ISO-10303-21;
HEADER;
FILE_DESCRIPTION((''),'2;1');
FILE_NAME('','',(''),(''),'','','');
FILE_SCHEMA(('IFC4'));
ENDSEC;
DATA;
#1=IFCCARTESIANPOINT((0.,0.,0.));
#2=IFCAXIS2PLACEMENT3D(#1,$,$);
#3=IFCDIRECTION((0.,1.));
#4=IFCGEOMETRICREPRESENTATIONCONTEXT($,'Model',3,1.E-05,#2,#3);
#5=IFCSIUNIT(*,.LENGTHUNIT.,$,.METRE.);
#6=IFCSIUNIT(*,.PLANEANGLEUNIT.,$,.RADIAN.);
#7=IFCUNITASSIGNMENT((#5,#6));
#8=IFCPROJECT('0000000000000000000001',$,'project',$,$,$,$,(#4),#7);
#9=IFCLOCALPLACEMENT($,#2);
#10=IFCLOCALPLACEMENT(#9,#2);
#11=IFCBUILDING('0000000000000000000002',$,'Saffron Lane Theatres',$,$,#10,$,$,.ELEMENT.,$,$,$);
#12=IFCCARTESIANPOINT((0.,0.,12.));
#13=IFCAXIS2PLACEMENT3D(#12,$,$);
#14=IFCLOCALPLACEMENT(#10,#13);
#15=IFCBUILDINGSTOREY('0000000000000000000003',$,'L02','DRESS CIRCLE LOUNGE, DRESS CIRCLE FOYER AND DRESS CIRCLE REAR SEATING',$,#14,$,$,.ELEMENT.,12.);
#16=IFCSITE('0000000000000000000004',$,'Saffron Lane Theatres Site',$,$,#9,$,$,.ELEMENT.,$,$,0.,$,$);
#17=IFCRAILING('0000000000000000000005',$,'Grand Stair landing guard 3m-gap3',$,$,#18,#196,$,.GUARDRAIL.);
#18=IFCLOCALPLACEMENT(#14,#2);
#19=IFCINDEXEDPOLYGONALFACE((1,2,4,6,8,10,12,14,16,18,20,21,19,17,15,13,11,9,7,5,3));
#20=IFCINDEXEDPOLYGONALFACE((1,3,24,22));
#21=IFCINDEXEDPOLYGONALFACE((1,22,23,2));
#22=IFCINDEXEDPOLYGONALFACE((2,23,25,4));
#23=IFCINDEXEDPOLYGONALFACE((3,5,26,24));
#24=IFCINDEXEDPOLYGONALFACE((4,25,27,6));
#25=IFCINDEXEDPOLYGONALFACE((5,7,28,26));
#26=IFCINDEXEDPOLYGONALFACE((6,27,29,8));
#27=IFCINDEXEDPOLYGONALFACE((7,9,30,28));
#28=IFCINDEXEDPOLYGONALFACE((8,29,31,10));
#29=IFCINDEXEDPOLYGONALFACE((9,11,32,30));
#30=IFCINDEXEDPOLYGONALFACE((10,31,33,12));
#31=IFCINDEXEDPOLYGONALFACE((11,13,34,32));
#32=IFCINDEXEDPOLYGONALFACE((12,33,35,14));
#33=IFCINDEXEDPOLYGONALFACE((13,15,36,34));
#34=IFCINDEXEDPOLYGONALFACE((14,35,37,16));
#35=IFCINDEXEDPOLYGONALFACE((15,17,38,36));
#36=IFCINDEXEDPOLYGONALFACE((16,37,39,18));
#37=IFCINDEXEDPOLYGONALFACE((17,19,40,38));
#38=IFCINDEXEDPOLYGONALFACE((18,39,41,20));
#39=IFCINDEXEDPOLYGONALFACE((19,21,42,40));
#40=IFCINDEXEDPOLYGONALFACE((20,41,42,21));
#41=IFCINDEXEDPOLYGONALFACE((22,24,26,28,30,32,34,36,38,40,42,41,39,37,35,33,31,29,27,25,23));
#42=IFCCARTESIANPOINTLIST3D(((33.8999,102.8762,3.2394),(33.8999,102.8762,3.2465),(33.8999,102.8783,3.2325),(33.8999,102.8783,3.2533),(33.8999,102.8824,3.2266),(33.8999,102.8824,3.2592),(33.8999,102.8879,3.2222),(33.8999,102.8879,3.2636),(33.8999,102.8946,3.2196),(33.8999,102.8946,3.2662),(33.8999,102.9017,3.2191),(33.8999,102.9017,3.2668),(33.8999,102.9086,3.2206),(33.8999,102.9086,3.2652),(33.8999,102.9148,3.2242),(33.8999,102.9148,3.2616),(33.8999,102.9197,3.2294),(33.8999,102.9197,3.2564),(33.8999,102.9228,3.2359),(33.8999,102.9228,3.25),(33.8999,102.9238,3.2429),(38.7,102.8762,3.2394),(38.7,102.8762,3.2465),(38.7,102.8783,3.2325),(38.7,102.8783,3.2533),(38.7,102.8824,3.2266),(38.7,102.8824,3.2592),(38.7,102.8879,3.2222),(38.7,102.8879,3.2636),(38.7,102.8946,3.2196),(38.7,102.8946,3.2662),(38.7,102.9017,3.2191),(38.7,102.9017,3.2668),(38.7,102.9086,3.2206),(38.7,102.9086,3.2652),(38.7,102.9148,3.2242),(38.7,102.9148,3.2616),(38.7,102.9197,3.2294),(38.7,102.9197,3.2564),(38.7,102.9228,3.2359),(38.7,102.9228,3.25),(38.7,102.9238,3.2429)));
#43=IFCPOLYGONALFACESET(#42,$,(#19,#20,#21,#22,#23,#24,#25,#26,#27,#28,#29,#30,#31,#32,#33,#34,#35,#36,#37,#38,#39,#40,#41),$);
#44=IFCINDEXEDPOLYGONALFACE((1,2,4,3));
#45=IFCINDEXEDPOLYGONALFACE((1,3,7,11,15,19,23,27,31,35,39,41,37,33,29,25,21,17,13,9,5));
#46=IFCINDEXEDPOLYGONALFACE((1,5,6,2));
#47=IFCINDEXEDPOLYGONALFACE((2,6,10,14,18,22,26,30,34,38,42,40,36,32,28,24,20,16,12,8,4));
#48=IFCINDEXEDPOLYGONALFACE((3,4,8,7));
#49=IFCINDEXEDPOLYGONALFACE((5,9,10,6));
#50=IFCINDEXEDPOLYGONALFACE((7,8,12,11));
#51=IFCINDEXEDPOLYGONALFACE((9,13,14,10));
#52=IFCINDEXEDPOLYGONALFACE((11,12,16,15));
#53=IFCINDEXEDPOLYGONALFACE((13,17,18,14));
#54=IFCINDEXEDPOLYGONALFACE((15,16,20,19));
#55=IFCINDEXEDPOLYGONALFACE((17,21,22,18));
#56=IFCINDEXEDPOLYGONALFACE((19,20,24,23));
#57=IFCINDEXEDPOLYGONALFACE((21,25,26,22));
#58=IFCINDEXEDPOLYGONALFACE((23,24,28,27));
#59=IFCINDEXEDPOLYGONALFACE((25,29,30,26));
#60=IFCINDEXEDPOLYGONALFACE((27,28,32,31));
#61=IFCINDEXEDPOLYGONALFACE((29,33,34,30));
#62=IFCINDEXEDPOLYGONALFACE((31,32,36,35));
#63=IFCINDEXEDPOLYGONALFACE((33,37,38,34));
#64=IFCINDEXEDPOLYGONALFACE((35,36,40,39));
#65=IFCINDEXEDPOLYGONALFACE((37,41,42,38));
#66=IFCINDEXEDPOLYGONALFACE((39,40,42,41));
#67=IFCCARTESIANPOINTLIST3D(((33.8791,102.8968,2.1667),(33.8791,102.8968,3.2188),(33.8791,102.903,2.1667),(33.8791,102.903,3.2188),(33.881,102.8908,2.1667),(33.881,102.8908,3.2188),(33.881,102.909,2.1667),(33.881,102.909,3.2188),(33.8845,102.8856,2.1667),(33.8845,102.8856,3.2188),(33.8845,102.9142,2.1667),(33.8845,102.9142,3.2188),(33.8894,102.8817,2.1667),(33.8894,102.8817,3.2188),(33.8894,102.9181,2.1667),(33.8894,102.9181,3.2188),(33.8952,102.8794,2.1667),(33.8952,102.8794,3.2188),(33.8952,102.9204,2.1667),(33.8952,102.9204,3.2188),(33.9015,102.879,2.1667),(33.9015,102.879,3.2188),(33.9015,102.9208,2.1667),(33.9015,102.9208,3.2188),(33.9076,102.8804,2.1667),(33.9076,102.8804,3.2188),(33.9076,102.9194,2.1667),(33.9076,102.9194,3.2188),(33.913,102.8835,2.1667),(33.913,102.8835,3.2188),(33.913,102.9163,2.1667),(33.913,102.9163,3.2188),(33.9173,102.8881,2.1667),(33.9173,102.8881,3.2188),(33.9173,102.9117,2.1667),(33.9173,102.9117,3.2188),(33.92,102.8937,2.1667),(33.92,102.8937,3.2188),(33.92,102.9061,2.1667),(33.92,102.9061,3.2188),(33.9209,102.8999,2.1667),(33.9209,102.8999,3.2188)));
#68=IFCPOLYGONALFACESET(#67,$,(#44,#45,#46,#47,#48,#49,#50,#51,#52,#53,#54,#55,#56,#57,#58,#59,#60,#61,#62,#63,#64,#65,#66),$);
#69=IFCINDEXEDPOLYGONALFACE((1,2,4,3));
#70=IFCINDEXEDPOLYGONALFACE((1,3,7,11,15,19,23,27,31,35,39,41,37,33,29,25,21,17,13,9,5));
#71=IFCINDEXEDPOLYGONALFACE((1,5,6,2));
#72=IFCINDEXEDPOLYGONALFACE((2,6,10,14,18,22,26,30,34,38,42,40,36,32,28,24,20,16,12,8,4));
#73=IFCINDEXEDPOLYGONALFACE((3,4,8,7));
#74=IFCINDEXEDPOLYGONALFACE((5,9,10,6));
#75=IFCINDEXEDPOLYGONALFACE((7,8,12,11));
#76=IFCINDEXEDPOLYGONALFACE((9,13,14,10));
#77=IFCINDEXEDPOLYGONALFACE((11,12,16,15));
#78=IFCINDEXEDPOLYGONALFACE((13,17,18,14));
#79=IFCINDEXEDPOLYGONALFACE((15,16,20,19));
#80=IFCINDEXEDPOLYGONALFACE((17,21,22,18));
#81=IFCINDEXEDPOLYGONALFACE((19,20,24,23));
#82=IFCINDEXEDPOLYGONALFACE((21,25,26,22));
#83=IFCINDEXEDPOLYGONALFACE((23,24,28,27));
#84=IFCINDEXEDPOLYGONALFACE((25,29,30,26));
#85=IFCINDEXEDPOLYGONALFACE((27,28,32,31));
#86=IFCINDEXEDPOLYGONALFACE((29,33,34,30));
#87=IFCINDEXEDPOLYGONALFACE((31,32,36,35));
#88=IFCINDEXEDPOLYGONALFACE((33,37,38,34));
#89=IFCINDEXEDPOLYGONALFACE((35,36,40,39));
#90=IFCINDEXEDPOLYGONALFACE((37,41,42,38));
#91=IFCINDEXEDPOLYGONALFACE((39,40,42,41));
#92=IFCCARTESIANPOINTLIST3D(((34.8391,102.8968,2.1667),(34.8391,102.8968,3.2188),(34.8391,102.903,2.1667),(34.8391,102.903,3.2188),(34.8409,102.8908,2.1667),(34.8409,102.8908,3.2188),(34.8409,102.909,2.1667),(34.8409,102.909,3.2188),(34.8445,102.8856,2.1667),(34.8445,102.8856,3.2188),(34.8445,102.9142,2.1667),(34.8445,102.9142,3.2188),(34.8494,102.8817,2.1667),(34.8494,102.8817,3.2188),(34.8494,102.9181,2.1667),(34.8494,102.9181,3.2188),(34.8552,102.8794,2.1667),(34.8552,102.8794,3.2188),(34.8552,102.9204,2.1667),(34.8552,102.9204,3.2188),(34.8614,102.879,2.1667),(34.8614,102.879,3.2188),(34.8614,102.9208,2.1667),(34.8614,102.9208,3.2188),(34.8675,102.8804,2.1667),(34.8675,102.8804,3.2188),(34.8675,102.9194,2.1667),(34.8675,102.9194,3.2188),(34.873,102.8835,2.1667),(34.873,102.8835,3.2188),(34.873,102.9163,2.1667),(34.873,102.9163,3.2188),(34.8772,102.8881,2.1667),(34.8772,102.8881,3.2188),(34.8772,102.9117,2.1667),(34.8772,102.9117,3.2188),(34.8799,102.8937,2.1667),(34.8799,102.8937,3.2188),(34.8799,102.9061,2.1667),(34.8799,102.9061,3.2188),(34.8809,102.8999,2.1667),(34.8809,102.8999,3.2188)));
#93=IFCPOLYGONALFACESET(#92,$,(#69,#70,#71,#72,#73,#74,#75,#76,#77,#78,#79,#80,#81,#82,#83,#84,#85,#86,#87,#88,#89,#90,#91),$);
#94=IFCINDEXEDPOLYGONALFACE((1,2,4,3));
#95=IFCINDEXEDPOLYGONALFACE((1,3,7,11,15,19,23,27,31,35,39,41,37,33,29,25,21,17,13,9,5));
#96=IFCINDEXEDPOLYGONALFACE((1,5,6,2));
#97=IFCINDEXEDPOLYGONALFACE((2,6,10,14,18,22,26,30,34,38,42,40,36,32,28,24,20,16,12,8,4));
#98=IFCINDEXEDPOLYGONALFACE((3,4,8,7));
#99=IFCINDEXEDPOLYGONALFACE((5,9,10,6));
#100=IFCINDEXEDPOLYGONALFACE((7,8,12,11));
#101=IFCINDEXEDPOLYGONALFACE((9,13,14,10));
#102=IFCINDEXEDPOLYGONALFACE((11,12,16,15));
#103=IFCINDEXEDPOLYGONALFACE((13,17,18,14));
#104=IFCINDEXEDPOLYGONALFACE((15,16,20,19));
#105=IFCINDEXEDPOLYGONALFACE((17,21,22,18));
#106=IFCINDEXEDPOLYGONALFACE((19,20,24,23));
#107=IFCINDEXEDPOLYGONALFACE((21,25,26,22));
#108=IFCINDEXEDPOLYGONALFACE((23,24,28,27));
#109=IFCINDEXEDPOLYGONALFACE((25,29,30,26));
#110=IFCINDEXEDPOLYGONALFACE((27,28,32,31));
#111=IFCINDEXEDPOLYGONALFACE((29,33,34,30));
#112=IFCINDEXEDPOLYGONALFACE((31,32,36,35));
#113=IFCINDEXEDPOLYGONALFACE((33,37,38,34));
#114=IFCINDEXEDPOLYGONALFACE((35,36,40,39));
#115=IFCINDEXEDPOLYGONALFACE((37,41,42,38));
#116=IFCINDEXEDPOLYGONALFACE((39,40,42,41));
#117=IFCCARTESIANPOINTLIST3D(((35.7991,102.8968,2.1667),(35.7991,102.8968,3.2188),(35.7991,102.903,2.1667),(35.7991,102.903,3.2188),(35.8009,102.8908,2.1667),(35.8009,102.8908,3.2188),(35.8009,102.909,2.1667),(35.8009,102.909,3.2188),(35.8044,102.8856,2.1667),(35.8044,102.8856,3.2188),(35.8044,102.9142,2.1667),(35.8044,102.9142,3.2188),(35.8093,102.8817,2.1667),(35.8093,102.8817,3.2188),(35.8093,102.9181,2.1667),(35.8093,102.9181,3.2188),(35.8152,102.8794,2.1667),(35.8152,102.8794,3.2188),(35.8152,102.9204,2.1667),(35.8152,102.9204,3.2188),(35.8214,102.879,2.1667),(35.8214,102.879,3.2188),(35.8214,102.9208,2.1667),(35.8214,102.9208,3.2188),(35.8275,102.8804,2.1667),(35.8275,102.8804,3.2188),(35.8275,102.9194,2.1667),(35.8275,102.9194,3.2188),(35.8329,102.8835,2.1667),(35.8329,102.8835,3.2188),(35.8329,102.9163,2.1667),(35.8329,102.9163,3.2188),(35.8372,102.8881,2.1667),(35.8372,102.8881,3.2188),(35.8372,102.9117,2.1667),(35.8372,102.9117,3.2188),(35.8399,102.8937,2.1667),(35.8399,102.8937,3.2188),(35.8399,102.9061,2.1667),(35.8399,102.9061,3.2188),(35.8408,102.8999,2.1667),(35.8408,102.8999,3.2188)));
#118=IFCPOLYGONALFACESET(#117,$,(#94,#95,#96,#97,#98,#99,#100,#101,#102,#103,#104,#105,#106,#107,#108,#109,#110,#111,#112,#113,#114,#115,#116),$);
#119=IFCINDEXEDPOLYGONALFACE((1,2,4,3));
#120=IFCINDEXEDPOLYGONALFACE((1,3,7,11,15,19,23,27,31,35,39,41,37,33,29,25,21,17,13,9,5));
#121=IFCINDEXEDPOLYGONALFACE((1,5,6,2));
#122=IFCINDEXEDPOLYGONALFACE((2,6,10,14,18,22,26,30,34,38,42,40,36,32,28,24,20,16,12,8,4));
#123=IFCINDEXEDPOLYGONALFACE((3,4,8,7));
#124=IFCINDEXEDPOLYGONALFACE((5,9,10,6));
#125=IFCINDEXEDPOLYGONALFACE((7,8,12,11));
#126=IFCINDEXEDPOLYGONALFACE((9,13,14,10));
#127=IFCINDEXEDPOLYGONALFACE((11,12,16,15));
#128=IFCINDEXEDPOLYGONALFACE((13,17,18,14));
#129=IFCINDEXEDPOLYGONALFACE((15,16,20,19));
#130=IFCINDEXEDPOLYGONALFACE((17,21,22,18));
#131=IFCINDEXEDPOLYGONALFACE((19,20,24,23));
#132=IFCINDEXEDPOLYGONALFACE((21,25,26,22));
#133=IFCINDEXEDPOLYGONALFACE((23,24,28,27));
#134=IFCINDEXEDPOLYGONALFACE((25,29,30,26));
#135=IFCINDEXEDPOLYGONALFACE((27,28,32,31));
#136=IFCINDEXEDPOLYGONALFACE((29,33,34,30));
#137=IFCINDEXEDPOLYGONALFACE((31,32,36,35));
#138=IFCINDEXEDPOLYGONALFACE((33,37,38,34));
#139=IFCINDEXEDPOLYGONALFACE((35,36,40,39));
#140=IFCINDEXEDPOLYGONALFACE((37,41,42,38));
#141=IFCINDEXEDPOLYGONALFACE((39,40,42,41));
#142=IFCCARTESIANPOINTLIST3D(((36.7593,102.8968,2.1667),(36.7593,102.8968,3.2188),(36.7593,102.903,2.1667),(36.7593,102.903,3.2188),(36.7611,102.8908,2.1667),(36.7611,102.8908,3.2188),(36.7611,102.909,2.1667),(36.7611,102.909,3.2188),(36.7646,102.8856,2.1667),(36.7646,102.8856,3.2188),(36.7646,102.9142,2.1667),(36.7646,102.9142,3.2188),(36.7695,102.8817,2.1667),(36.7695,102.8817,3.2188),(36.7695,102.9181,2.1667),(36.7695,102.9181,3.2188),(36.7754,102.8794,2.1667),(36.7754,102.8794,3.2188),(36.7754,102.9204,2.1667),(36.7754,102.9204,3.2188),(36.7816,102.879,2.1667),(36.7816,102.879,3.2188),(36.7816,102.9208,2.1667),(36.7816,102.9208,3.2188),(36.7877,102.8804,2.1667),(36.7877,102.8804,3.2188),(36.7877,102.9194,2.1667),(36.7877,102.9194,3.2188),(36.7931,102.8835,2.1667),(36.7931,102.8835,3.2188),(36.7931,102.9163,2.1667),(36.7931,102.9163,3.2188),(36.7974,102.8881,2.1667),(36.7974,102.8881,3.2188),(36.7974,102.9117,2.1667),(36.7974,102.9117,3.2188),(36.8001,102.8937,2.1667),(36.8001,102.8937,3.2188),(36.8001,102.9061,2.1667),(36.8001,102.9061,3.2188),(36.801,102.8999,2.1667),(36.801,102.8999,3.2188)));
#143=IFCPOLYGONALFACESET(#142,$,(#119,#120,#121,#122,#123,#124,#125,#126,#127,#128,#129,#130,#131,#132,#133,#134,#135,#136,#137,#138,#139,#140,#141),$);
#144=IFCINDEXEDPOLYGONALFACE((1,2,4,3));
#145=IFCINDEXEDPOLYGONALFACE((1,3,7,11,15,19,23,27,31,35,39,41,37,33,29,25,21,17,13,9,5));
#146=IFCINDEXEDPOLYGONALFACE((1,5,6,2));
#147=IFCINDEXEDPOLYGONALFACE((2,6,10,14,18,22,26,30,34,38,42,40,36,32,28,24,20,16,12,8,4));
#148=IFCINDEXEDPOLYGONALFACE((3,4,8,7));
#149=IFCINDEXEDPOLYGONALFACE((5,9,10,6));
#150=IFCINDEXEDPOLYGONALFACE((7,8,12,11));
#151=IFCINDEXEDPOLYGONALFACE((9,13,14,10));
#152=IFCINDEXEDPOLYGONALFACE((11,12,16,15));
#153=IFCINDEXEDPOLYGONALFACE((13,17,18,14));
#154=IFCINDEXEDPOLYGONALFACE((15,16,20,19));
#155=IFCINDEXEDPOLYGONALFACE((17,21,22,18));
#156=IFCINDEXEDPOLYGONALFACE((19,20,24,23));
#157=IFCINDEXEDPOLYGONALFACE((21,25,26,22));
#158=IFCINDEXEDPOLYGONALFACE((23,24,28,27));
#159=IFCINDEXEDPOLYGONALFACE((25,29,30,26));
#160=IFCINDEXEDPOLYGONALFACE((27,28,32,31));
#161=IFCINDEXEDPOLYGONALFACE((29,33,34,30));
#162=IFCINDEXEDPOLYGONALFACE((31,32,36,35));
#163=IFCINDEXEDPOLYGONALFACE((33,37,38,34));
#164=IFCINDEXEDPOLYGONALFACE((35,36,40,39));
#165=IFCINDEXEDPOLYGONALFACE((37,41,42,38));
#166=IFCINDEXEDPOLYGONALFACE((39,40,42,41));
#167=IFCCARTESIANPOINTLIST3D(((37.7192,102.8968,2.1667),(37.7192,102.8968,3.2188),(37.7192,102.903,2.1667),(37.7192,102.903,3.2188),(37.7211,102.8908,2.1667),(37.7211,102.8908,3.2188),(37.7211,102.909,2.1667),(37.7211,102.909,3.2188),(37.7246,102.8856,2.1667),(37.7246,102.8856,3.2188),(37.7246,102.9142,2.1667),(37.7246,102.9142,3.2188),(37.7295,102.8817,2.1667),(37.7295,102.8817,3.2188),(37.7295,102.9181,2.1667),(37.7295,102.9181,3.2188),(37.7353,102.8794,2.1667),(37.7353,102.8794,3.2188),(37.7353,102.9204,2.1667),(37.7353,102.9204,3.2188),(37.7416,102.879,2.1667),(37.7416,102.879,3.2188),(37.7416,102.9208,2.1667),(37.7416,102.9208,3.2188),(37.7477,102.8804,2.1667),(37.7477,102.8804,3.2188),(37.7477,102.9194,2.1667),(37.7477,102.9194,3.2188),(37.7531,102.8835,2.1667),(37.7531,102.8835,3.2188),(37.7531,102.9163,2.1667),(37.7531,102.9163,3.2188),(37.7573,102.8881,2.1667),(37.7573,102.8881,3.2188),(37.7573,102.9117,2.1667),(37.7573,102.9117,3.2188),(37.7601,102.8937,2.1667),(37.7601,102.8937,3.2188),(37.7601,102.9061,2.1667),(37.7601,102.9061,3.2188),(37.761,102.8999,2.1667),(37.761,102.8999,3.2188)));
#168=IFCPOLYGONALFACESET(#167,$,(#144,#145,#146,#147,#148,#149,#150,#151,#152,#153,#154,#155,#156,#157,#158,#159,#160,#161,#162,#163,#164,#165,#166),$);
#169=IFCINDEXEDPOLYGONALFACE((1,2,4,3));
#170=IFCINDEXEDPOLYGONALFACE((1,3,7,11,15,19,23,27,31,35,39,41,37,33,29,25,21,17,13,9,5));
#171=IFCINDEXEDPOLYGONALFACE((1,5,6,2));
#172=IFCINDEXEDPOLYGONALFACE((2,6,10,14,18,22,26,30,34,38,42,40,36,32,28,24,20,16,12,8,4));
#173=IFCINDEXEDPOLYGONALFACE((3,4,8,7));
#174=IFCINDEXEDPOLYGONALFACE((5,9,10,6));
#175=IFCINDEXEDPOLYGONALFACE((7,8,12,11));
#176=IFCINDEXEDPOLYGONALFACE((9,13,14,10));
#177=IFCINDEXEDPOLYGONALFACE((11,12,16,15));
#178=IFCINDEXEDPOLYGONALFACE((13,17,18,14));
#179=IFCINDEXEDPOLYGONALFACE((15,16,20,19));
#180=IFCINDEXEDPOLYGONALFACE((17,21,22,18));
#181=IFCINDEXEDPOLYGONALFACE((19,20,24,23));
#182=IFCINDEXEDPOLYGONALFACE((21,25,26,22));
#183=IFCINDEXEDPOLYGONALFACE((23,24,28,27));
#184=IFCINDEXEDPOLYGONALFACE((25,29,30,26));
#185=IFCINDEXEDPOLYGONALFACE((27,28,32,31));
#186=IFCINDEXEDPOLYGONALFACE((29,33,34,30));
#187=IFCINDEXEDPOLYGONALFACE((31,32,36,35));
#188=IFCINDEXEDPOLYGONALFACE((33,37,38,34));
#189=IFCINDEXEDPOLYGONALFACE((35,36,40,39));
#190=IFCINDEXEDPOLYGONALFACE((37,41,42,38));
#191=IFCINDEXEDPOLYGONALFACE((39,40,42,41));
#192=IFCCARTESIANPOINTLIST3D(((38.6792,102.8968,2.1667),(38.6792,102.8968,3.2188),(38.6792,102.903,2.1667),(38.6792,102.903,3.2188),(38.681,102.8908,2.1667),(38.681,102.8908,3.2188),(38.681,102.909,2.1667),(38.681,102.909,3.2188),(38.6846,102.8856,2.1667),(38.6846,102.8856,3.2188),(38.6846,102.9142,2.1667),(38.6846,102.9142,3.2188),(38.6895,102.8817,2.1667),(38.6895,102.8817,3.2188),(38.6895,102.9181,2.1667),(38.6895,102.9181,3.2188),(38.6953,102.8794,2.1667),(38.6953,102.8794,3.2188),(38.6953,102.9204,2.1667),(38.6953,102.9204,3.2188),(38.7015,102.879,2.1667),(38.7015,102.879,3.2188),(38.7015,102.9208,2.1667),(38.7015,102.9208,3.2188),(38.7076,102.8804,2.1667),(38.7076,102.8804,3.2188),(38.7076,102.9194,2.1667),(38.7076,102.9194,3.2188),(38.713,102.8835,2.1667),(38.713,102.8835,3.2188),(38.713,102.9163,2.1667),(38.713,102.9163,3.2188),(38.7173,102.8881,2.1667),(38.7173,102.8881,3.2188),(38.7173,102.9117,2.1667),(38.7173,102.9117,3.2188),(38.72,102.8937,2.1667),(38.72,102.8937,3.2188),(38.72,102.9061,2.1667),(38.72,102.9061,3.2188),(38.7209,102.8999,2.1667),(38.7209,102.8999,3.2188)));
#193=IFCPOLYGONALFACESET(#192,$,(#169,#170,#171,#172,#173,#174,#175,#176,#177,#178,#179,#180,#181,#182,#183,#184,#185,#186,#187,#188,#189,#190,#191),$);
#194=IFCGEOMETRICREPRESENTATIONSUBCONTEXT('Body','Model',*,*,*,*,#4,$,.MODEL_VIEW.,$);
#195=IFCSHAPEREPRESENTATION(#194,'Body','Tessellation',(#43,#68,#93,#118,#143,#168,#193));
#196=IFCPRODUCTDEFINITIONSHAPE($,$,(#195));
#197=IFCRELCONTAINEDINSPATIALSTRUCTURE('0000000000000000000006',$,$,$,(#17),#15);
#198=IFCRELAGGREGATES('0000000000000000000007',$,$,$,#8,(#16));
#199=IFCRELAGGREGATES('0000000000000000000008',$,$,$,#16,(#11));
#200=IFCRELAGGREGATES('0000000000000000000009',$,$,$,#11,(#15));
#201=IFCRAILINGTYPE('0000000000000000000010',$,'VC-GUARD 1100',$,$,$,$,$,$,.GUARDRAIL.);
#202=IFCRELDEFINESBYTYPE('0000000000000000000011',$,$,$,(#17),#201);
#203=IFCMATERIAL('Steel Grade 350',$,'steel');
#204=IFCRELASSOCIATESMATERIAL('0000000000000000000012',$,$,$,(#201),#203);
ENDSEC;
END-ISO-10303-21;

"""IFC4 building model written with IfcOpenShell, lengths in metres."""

from ifc_helpers import new_model, si_unit, direction, frame, origin, origin_2d, place, context, subcontext, project, spatial, circle, extrude, material, type_object, element, save


model = new_model("IFC4")

# Units and contexts
model_context = context("Model", 3, precision=1e-05, world=origin(), true_north=direction((0.0, 1.0)))
body_context = subcontext(model_context, "Body", "Model", "MODEL_VIEW")
ifc_project = project(units=[si_unit("LENGTHUNIT", "METRE"), si_unit("PLANEANGLEUNIT", "RADIAN")], contexts=[model_context])

# Site, building, storey
site_placement = place(None, origin())
site = spatial("IfcSite", under=ifc_project, at=site_placement, Name="Saffron Lane Theatres Site", CompositionType="ELEMENT", RefElevation=0.0)
building_placement = place(site_placement, origin())
building = spatial("IfcBuilding", under=site, at=building_placement, Name="Saffron Lane Theatres", CompositionType="ELEMENT")
storey_placement = place(building_placement, frame((0.0, 0.0, 12.0)))
storey = spatial("IfcBuildingStorey", under=building, at=storey_placement, Name="L02", Description="DRESS CIRCLE LOUNGE, DRESS CIRCLE FOYER AND DRESS CIRCLE REAR SEATING", CompositionType="ELEMENT", Elevation=12.0)

# Railing
ifc_material_1 = material(Name="Steel Grade 350", Category="steel")
railing_type_1 = type_object("IfcRailingType", Name="VC-GUARD 1100", PredefinedType="GUARDRAIL", material=ifc_material_1)
railing_1_placement = place(storey_placement, frame((33.8999, 102.8999, 2.1667)))
element("IfcRailing", 1, at=railing_1_placement, inside=storey, type_object=railing_type_1, Name="Grand Stair landing guard 3m-gap3", PredefinedType="GUARDRAIL", context=body_context, shape_type="SweptSolid", body=[
    extrude(circle(Radius=0.0239, at=origin_2d()), frame((0.0, 0.0, 1.0762), z_axis=(1.0, 0.0, 0.0), x_axis=(0.0, 1.0, 0.0)), (0.0, 0.0, 1.0), 4.8),
    extrude(circle(Radius=0.021, at=origin_2d()), origin(), (0.0, 0.0, 1.0), 1.052),
    extrude(circle(Radius=0.021, at=origin_2d()), frame((0.96, 0.0, 0.0)), (0.0, 0.0, 1.0), 1.052),
    extrude(circle(Radius=0.021, at=origin_2d()), frame((1.9199, 0.0, 0.0)), (0.0, 0.0, 1.0), 1.052),
    extrude(circle(Radius=0.021, at=origin_2d()), frame((2.8801, 0.0, 0.0)), (0.0, 0.0, 1.0), 1.052),
    extrude(circle(Radius=0.021, at=origin_2d()), frame((3.8401, 0.0, 0.0)), (0.0, 0.0, 1.0), 1.052),
    extrude(circle(Radius=0.021, at=origin_2d()), frame((4.8, 0.0, 0.0)), (0.0, 0.0, 1.0), 1.052),
])

save(model, "model.ifc")
